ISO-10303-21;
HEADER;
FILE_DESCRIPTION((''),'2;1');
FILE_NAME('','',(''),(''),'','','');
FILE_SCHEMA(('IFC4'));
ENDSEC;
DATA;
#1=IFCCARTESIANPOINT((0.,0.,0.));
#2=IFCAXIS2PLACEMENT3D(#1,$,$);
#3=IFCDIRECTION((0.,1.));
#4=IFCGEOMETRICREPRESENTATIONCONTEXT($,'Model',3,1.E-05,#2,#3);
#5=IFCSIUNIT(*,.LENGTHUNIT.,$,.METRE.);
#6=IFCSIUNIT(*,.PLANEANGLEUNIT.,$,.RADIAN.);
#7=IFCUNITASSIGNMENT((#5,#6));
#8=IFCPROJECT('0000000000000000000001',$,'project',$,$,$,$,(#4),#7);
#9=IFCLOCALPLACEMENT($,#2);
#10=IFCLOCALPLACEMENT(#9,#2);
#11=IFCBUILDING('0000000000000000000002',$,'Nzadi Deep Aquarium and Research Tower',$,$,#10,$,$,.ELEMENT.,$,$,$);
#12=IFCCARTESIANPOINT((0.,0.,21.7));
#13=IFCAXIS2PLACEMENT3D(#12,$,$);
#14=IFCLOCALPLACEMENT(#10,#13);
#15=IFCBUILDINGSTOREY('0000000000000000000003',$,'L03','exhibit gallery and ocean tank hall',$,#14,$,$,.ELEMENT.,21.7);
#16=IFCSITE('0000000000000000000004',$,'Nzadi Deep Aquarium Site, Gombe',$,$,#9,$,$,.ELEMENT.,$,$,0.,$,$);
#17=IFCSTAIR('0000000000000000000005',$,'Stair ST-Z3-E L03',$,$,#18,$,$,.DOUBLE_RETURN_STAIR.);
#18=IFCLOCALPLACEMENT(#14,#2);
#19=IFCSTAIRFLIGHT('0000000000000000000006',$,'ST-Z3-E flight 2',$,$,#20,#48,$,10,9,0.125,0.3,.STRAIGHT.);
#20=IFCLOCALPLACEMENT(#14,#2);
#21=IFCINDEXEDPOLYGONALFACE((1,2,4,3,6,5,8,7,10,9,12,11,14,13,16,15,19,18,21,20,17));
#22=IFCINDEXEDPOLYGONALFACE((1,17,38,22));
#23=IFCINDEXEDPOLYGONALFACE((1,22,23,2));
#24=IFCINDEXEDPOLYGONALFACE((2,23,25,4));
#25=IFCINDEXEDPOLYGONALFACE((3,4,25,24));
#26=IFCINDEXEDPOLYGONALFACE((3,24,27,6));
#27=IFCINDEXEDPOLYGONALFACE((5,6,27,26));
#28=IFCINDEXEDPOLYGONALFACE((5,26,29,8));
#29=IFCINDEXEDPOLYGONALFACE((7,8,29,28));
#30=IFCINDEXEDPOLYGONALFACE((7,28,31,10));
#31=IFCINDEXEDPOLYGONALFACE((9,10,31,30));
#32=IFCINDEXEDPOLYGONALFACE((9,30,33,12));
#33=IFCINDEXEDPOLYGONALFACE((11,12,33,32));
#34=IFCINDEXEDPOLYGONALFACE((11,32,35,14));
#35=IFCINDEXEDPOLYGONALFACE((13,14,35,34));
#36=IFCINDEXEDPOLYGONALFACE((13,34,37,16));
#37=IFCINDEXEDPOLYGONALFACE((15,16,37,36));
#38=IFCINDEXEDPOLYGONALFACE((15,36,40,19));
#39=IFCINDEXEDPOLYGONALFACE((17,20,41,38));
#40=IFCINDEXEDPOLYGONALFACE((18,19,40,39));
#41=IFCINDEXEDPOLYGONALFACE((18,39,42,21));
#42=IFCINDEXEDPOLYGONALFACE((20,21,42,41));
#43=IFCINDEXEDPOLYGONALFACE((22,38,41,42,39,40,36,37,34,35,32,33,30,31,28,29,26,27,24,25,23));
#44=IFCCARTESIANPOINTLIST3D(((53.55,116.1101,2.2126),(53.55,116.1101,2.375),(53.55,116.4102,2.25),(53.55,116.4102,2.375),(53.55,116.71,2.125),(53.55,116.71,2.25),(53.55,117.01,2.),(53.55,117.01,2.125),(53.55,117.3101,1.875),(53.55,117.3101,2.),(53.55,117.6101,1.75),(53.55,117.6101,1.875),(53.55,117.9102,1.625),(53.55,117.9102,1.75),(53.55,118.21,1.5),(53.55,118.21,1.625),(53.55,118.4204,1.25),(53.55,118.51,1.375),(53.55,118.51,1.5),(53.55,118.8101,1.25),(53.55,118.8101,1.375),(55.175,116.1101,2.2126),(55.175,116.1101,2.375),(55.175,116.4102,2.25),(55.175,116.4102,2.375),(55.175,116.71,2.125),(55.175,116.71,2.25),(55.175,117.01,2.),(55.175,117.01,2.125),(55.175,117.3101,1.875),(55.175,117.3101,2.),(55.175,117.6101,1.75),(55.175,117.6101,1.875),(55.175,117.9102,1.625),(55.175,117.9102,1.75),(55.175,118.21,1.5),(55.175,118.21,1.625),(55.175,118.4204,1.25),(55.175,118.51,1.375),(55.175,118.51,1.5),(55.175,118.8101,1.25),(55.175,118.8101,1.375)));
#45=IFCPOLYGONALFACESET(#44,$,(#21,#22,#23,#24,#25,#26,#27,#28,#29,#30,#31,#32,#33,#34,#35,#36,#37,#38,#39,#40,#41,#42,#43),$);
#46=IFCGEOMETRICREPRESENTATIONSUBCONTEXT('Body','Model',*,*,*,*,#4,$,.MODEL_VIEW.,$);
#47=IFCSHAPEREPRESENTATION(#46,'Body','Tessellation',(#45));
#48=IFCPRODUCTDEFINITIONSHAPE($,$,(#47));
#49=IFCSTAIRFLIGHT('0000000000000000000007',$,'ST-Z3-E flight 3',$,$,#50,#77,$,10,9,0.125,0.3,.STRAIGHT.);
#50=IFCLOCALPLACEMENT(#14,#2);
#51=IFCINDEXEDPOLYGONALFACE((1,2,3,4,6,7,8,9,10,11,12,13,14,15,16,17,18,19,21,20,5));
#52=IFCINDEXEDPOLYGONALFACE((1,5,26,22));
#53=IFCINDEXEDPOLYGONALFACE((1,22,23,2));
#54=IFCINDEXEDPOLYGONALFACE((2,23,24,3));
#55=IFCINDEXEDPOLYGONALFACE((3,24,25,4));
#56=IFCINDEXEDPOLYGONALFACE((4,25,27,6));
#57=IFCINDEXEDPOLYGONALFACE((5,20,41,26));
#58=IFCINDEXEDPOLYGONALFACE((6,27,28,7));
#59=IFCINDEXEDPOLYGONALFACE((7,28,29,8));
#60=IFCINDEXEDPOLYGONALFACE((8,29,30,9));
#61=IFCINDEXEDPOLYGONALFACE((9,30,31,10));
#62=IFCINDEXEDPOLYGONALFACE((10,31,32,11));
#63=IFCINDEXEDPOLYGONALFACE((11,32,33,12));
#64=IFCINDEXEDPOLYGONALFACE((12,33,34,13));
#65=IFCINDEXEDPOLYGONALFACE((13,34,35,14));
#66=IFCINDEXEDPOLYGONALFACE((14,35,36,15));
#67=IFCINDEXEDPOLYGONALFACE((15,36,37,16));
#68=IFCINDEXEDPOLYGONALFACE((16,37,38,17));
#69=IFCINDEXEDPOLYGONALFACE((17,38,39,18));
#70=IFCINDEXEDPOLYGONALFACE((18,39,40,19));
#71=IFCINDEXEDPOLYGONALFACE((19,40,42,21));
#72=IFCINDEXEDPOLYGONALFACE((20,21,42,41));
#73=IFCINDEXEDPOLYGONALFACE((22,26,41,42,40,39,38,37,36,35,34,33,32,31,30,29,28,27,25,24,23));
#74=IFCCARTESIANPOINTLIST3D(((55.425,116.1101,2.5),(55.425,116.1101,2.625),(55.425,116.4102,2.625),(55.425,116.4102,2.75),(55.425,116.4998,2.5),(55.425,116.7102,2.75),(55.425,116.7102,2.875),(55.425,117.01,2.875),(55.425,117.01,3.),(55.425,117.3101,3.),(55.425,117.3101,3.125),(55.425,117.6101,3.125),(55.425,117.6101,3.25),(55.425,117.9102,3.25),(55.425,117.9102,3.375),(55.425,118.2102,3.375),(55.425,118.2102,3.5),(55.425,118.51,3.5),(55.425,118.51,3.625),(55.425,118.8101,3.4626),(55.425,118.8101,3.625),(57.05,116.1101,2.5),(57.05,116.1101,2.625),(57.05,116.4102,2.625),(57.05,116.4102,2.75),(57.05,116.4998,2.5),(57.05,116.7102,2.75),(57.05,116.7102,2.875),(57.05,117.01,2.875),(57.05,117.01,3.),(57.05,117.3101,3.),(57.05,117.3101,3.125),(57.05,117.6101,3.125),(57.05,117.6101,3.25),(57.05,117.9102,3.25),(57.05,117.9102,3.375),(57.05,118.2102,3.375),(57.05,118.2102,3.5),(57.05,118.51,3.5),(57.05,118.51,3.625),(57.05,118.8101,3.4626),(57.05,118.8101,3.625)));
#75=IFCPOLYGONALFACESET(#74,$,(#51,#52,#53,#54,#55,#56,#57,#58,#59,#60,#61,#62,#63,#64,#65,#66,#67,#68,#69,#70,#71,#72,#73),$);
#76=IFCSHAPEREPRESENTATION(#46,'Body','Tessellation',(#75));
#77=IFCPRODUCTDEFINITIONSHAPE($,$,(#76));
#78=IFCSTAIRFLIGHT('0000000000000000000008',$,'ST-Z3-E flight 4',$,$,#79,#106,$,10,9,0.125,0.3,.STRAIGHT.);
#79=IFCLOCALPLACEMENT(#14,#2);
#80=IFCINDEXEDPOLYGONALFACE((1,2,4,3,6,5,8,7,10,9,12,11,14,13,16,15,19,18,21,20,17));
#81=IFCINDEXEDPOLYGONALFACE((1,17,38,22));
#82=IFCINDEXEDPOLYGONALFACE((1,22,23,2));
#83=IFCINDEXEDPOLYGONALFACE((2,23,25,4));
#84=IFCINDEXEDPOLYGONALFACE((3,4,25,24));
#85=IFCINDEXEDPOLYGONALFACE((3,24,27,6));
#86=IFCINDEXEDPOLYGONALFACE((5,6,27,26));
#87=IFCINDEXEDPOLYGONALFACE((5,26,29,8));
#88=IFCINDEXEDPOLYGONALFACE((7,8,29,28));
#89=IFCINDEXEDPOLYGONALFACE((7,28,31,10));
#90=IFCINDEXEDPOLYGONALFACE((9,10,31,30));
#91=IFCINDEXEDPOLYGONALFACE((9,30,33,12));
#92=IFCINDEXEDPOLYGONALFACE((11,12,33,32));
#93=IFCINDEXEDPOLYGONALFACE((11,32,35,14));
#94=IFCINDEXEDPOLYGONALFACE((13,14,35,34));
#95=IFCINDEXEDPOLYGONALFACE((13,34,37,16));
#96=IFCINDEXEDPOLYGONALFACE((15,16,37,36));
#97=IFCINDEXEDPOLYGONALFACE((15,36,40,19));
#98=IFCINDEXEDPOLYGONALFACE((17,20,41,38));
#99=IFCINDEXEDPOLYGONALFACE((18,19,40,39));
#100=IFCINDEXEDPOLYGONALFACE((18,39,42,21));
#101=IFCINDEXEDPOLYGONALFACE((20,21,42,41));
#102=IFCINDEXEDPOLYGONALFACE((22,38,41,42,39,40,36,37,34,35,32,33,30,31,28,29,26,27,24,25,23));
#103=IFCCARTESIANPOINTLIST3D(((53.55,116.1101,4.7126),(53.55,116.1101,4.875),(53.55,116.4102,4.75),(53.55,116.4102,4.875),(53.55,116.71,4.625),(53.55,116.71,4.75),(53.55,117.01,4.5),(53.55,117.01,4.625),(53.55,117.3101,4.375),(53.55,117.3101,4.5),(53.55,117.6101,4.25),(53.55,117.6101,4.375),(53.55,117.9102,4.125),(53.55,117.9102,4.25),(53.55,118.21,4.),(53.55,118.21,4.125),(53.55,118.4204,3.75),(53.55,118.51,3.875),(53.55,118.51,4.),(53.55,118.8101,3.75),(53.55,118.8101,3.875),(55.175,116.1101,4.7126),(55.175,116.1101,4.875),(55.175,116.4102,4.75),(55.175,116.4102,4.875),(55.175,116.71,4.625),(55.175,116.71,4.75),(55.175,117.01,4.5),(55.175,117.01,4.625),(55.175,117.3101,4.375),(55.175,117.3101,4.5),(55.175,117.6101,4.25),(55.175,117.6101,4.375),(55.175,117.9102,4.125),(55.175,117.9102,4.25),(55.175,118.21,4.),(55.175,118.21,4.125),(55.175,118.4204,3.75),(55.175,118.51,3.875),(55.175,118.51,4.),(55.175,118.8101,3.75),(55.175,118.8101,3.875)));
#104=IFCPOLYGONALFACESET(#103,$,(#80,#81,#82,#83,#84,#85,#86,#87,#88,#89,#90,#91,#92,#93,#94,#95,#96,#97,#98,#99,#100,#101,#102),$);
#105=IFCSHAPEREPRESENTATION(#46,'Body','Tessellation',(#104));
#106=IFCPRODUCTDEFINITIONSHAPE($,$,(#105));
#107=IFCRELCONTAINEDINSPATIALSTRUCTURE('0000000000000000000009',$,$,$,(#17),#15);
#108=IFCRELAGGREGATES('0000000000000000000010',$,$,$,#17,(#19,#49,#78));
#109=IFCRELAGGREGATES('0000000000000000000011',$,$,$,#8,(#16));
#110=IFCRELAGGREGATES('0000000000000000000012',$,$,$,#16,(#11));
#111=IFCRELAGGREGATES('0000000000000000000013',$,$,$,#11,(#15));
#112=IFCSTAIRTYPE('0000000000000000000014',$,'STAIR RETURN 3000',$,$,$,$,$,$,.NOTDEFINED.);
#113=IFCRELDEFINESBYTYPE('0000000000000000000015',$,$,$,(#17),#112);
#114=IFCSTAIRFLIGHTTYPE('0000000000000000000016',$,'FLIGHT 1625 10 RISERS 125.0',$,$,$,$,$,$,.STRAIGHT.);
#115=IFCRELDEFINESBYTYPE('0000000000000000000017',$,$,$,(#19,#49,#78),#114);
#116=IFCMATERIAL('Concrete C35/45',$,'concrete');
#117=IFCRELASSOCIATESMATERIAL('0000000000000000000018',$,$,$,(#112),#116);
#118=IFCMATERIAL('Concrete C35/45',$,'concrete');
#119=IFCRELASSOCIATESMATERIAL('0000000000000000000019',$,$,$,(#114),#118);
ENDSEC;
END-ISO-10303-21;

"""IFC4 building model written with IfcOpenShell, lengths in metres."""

from ifc_helpers import new_model, si_unit, direction, frame, origin, place, context, subcontext, project, spatial, polyline, outline, extrude, material, type_object, element, aggregate, save


model = new_model("IFC4")

# Units and contexts
model_context = context("Model", 3, precision=1e-05, world=origin(), true_north=direction((0.0, 1.0)))
body_context = subcontext(model_context, "Body", "Model", "MODEL_VIEW")
ifc_project = project(units=[si_unit("LENGTHUNIT", "METRE"), si_unit("PLANEANGLEUNIT", "RADIAN")], contexts=[model_context])

# Site, building, storey
site_placement = place(None, origin())
site = spatial("IfcSite", under=ifc_project, at=site_placement, Name="Nzadi Deep Aquarium Site, Gombe", CompositionType="ELEMENT", RefElevation=0.0)
building_placement = place(site_placement, origin())
building = spatial("IfcBuilding", under=site, at=building_placement, Name="Nzadi Deep Aquarium and Research Tower", CompositionType="ELEMENT")
storey_placement = place(building_placement, frame((0.0, 0.0, 21.7)))
storey = spatial("IfcBuildingStorey", under=building, at=storey_placement, Name="L03", Description="exhibit gallery and ocean tank hall", CompositionType="ELEMENT", Elevation=21.7)

# Stair, stair flights
ifc_material_1 = material(Name="Concrete C35/45", Category="concrete")
stair_type = type_object("IfcStairType", Name="STAIR RETURN 3000", PredefinedType="NOTDEFINED", material=ifc_material_1)
stair_placement = place(storey_placement, origin())
stair = element("IfcStair", 1, at=stair_placement, inside=storey, type_object=stair_type, Name="Stair ST-Z3-E L03", PredefinedType="DOUBLE_RETURN_STAIR")
ifc_material_2 = material(Name="Concrete C35/45", Category="concrete")
stair_flight_type = type_object("IfcStairFlightType", Name="FLIGHT 1625 10 RISERS 125.0", PredefinedType="STRAIGHT", material=ifc_material_2)
stair_flight_1_placement = place(storey_placement, frame((54.3625, 118.8101, 1.25), z_axis=(0.0, 0.0, 1.0), x_axis=(0.0, -1.0, 0.0)))
stair_flight_1 = element("IfcStairFlight", 2, at=stair_flight_1_placement, type_object=stair_flight_type, Name="ST-Z3-E flight 2", NumberOfRisers=10, NumberOfTreads=9, PredefinedType="STRAIGHT", RiserHeight=0.125, TreadLength=0.3, context=body_context, shape_type="SweptSolid", body=[
    extrude(outline(polyline([(0.0, 0.0), (0.0, 0.125), (0.3, 0.125), (0.3, 0.25), (0.6001, 0.25), (0.6001, 0.375), (0.8999, 0.375), (0.8999, 0.5), (1.2, 0.5), (1.2, 0.625), (1.5, 0.625), (1.5, 0.75), (1.8, 0.75), (1.8, 0.875), (2.1001, 0.875), (2.1001, 1.0), (2.3999, 1.0), (2.3999, 1.125), (2.7, 1.125), (2.7, 1.25), (2.7, 0.9626), (0.3896, 0.0), (0.0, 0.0)])), frame((0.0, 0.8125, 0.0), z_axis=(0.0, -1.0, 0.0), x_axis=(1.0, 0.0, 0.0)), (0.0, 0.0, 1.0), 1.625),
])
stair_flight_2_placement = place(storey_placement, frame((56.2375, 116.1101, 2.5), z_axis=(0.0, 0.0, 1.0), x_axis=(0.0, 1.0, 0.0)))
stair_flight_2 = element("IfcStairFlight", 3, at=stair_flight_2_placement, type_object=stair_flight_type, Name="ST-Z3-E flight 3", NumberOfRisers=10, NumberOfTreads=9, PredefinedType="STRAIGHT", RiserHeight=0.125, TreadLength=0.3, context=body_context, shape_type="SweptSolid", body=[
    extrude(outline(polyline([(0.0, 0.0), (0.0, 0.125), (0.3, 0.125), (0.3, 0.25), (0.6001, 0.25), (0.6001, 0.375), (0.8999, 0.375), (0.8999, 0.5), (1.2, 0.5), (1.2, 0.625), (1.5, 0.625), (1.5, 0.75), (1.8, 0.75), (1.8, 0.875), (2.1001, 0.875), (2.1001, 1.0), (2.3999, 1.0), (2.3999, 1.125), (2.7, 1.125), (2.7, 1.25), (2.7, 0.9626), (0.3896, 0.0), (0.0, 0.0)])), frame((0.0, 0.8125, 0.0), z_axis=(0.0, -1.0, 0.0), x_axis=(1.0, 0.0, 0.0)), (0.0, 0.0, 1.0), 1.625),
])
stair_flight_3_placement = place(storey_placement, frame((54.3625, 118.8101, 3.75), z_axis=(0.0, 0.0, 1.0), x_axis=(0.0, -1.0, 0.0)))
stair_flight_3 = element("IfcStairFlight", 4, at=stair_flight_3_placement, type_object=stair_flight_type, Name="ST-Z3-E flight 4", NumberOfRisers=10, NumberOfTreads=9, PredefinedType="STRAIGHT", RiserHeight=0.125, TreadLength=0.3, context=body_context, shape_type="SweptSolid", body=[
    extrude(outline(polyline([(0.0, 0.0), (0.0, 0.125), (0.3, 0.125), (0.3, 0.25), (0.6001, 0.25), (0.6001, 0.375), (0.8999, 0.375), (0.8999, 0.5), (1.2, 0.5), (1.2, 0.625), (1.5, 0.625), (1.5, 0.75), (1.8, 0.75), (1.8, 0.875), (2.1001, 0.875), (2.1001, 1.0), (2.3999, 1.0), (2.3999, 1.125), (2.7, 1.125), (2.7, 1.25), (2.7, 0.9626), (0.3896, 0.0), (0.0, 0.0)])), frame((0.0, 0.8125, 0.0), z_axis=(0.0, -1.0, 0.0), x_axis=(1.0, 0.0, 0.0)), (0.0, 0.0, 1.0), 1.625),
])
aggregate(stair, [stair_flight_1, stair_flight_2, stair_flight_3])

save(model, "model.ifc")
